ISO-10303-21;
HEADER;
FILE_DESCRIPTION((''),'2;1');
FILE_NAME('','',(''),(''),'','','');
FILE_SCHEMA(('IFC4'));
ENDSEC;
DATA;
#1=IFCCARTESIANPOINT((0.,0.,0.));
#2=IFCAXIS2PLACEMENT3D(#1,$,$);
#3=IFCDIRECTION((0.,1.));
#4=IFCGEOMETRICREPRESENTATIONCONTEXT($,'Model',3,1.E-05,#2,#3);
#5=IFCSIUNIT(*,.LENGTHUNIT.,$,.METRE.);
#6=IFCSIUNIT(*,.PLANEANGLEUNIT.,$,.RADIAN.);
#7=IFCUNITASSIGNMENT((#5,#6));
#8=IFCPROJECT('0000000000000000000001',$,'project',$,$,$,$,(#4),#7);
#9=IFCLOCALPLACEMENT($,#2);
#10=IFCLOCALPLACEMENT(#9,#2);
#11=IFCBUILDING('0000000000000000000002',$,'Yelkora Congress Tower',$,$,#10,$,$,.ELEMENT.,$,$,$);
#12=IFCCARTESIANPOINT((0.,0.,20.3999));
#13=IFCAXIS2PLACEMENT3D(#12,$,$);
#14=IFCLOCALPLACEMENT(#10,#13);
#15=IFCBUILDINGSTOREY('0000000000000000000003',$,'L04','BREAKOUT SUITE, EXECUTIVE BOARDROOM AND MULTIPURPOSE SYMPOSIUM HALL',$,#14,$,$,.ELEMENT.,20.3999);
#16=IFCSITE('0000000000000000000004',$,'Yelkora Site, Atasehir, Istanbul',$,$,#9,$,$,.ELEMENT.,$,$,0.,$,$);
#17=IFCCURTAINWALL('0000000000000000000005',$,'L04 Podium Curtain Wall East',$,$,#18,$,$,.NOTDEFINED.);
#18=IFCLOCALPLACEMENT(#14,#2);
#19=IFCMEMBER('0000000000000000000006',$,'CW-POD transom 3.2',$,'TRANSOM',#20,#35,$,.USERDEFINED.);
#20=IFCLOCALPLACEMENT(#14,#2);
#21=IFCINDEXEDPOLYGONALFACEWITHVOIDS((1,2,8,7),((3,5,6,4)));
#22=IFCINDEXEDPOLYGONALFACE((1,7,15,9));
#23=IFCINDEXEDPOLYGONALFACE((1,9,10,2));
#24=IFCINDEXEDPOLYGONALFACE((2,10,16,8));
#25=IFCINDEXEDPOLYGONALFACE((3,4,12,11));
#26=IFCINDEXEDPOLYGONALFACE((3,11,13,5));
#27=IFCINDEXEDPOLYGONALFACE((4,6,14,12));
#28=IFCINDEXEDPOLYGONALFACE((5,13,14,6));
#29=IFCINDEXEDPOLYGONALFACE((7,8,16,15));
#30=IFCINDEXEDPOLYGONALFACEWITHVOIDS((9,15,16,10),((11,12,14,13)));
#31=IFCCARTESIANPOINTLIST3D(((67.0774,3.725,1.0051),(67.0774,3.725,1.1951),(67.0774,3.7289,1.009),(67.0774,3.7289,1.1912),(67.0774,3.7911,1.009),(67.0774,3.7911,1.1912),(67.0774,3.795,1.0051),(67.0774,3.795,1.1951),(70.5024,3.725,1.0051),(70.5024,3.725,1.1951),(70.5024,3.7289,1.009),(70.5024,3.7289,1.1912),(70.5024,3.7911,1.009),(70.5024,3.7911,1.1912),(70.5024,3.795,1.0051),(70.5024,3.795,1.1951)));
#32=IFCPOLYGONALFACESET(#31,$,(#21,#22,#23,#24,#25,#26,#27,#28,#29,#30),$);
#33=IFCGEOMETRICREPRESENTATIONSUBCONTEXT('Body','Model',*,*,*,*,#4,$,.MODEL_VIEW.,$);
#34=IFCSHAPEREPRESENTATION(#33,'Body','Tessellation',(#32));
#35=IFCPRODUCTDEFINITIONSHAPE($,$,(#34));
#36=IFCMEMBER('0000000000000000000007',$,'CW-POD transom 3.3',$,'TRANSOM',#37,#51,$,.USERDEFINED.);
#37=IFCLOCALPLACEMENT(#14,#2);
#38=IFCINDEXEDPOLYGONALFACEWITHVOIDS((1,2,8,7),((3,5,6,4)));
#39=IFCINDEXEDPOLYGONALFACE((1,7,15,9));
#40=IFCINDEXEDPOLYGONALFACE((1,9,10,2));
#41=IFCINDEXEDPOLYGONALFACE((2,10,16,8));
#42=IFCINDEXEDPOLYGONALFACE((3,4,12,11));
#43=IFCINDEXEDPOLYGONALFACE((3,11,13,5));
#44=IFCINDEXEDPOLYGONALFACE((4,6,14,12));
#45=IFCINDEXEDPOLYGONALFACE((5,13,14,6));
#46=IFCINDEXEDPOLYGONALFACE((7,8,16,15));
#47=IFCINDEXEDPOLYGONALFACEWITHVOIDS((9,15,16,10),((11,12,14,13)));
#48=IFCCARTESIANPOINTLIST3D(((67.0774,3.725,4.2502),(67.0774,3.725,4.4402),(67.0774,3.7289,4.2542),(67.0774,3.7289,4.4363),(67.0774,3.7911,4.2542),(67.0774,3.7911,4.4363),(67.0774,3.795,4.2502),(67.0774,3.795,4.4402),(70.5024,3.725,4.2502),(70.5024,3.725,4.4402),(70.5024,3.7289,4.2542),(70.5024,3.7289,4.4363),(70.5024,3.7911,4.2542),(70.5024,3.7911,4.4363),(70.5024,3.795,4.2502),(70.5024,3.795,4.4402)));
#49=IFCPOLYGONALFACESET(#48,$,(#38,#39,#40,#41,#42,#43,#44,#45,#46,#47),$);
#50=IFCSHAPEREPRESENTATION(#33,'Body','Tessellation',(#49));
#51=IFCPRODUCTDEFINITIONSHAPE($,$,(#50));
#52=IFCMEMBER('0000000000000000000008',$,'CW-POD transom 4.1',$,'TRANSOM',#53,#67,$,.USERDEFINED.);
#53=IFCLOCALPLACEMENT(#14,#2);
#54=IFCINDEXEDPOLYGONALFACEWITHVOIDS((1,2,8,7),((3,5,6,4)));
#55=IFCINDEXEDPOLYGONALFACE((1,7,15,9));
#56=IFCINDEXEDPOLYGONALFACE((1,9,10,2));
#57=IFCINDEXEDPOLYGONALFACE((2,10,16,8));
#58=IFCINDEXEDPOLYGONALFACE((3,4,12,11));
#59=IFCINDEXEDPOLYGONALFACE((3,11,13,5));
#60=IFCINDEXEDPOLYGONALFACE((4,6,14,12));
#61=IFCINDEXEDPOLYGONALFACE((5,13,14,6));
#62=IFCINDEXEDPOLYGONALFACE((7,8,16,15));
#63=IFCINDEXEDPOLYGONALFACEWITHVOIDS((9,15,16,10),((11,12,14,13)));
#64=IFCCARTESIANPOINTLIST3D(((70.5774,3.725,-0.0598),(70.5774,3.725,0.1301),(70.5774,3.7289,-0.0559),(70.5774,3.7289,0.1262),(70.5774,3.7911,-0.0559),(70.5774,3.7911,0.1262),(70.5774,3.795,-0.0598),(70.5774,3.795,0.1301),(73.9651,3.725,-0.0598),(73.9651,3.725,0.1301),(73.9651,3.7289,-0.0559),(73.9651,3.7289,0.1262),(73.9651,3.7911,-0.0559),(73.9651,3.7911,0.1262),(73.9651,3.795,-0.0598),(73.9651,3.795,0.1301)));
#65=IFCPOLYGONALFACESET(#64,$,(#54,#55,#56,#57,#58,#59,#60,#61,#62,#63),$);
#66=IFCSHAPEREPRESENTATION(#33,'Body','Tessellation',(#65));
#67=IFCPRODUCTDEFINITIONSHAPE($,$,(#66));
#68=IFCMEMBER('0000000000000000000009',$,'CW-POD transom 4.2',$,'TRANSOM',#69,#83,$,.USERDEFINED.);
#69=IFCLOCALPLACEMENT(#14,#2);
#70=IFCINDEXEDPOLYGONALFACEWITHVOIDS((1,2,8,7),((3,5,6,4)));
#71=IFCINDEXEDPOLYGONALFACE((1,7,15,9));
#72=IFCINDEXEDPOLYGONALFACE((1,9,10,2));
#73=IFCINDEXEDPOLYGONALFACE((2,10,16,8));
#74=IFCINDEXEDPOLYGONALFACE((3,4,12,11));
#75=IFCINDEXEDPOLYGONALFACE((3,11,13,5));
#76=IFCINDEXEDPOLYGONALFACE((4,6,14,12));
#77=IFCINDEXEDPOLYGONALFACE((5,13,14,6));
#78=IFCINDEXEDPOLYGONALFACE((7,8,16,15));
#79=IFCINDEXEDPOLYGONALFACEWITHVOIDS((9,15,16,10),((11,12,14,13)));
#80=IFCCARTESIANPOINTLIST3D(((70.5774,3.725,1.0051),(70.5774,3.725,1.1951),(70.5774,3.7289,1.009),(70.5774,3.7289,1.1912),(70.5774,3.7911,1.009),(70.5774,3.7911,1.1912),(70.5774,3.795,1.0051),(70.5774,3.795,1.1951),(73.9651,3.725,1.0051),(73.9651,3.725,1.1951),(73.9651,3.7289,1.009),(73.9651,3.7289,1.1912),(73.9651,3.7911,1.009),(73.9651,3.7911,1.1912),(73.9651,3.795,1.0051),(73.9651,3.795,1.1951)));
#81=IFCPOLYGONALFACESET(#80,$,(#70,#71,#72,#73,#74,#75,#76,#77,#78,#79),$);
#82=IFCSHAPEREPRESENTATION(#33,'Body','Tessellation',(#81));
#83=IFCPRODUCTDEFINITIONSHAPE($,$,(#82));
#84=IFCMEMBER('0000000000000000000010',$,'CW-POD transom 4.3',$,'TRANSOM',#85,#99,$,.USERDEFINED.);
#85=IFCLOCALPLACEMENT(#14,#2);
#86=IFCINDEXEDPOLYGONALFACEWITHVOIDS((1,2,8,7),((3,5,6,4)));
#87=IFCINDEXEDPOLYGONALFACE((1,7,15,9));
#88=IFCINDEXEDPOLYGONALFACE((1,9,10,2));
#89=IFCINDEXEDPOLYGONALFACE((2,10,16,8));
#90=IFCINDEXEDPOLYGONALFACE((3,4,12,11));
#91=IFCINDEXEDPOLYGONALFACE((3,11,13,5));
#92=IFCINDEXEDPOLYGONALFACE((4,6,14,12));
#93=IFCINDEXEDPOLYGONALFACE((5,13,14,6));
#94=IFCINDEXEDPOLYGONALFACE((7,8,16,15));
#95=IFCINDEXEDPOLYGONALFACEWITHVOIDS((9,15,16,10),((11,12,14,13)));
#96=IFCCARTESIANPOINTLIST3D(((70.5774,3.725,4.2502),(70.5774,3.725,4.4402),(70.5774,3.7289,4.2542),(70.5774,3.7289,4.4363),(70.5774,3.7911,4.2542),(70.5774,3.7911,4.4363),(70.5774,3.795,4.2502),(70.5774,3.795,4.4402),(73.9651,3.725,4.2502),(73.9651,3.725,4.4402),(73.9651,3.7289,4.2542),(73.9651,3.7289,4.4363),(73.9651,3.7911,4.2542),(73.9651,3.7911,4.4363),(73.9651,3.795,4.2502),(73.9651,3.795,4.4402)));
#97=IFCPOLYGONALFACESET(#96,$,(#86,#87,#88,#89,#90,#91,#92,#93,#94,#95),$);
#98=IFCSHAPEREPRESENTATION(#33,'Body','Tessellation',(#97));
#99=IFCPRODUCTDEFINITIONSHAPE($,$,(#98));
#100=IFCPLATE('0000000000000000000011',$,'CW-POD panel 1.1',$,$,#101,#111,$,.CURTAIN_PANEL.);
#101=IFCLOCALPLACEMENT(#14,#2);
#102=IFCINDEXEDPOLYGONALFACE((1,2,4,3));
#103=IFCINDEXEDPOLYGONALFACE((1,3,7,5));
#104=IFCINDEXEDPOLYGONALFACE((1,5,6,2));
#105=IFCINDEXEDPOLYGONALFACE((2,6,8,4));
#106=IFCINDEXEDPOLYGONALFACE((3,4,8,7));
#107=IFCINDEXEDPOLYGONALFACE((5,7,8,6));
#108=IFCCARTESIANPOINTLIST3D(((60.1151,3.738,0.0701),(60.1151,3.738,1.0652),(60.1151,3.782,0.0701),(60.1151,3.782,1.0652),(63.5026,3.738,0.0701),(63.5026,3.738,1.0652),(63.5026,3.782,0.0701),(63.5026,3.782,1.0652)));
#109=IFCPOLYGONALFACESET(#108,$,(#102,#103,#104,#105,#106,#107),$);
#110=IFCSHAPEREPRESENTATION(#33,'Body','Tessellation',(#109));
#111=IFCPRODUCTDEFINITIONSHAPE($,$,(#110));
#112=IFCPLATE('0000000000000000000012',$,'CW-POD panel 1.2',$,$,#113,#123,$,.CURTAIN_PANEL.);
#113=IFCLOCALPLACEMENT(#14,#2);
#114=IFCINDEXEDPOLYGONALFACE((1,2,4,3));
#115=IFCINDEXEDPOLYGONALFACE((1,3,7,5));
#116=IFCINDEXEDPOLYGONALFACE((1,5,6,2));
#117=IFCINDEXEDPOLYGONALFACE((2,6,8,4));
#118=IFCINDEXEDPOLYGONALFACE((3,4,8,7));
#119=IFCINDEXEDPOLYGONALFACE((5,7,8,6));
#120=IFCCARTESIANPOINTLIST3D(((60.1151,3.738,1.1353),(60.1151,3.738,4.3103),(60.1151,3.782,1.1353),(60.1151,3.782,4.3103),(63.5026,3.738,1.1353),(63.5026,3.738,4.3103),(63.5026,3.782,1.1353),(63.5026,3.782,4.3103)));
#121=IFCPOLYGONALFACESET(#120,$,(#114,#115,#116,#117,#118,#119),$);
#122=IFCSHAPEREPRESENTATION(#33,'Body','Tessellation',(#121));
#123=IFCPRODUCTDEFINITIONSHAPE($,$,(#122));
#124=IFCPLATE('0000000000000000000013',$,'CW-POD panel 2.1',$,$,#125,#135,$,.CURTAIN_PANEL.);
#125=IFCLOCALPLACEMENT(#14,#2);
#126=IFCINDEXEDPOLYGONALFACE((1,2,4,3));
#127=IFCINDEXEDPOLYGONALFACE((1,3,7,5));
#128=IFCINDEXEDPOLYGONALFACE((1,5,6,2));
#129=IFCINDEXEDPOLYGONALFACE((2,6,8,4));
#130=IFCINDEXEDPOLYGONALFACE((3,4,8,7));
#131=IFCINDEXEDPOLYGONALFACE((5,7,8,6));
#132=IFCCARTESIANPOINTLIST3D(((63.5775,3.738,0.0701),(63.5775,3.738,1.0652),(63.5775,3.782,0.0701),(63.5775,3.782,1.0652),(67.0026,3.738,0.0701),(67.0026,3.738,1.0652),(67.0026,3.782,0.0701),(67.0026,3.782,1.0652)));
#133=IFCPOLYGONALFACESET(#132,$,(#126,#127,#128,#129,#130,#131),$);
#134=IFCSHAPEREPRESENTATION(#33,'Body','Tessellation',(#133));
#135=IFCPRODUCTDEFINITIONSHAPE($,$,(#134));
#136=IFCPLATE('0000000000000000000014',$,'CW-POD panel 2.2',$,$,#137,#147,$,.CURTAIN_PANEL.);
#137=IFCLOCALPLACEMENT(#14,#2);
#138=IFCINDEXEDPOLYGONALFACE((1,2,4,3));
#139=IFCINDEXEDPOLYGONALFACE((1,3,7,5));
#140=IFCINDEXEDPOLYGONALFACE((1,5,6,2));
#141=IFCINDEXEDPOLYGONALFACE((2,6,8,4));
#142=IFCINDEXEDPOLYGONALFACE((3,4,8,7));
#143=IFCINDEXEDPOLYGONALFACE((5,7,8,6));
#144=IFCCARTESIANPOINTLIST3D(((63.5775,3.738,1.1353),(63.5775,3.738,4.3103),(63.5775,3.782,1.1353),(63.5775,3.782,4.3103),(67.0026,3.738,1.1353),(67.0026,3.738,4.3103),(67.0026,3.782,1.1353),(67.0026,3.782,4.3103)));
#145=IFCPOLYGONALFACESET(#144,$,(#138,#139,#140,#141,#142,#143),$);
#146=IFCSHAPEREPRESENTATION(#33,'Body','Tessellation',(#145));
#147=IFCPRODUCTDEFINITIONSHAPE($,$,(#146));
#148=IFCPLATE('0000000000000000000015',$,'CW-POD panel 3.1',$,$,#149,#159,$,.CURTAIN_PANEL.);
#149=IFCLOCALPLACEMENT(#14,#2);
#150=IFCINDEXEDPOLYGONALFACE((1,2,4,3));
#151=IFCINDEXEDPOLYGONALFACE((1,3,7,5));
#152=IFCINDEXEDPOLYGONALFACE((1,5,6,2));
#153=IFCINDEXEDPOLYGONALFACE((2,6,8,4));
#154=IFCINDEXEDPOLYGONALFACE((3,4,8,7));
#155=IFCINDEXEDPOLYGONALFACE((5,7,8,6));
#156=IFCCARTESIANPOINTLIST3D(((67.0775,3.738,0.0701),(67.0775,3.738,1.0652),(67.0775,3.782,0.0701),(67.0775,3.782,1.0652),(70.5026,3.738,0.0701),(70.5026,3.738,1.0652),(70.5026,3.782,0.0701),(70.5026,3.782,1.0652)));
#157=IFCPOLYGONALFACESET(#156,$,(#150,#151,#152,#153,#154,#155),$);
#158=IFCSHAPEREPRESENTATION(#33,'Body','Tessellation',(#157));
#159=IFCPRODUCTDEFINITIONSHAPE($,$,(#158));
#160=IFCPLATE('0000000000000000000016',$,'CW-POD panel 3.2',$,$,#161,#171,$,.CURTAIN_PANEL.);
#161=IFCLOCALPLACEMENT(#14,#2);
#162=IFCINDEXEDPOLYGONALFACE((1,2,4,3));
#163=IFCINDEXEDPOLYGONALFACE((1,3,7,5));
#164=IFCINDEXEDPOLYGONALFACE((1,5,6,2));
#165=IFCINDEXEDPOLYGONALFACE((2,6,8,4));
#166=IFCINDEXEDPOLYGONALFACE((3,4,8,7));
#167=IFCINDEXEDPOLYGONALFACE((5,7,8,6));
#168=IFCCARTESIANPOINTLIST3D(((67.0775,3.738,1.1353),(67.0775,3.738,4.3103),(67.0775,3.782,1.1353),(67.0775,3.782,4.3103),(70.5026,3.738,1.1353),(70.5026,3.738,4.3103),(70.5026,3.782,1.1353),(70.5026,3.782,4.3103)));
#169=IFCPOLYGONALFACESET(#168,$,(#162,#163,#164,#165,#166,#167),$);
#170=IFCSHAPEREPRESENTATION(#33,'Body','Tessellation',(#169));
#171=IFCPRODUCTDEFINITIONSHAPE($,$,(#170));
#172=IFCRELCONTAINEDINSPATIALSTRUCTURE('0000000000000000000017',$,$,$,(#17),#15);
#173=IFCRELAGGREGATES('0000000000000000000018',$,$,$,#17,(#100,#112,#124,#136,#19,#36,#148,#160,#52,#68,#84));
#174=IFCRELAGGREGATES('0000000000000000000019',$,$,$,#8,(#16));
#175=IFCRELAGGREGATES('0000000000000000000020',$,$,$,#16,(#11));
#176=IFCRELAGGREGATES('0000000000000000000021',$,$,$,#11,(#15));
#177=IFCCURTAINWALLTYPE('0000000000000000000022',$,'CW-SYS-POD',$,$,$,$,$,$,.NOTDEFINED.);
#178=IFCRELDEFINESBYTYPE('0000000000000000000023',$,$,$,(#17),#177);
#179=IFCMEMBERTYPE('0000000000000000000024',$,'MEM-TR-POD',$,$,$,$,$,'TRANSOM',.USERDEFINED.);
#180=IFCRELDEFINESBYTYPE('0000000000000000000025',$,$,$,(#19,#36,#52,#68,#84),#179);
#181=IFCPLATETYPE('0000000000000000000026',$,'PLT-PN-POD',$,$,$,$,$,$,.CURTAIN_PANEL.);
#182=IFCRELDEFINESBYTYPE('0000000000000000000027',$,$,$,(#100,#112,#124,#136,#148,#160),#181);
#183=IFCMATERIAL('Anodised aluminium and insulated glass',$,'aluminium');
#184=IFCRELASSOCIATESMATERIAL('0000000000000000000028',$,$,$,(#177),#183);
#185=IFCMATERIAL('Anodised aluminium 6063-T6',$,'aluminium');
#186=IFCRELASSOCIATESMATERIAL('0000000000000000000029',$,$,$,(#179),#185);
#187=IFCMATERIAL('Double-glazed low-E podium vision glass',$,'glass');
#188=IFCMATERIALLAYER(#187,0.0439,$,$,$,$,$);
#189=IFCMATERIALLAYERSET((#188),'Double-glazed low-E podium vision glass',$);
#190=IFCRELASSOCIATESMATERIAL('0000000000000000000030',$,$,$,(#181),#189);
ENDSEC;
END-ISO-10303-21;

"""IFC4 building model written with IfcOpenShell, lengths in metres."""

from ifc_helpers import new_model, si_unit, direction, frame, origin, origin_2d, place, context, subcontext, project, spatial, rectangle, hollow_rectangle, extrude, material, layer, layer_set, material_profile, profile_set, type_object, element, aggregate, save


model = new_model("IFC4")

# Units and contexts
model_context = context("Model", 3, precision=1e-05, world=origin(), true_north=direction((0.0, 1.0)))
body_context = subcontext(model_context, "Body", "Model", "MODEL_VIEW")
ifc_project = project(units=[si_unit("LENGTHUNIT", "METRE"), si_unit("PLANEANGLEUNIT", "RADIAN")], contexts=[model_context])

# Site, building, storey
site_placement = place(None, origin())
site = spatial("IfcSite", under=ifc_project, at=site_placement, Name="Yelkora Site, Atasehir, Istanbul", CompositionType="ELEMENT", RefElevation=0.0)
building_placement = place(site_placement, origin())
building = spatial("IfcBuilding", under=site, at=building_placement, Name="Yelkora Congress Tower", CompositionType="ELEMENT")
storey_placement = place(building_placement, frame((0.0, 0.0, 20.3999)))
storey = spatial("IfcBuildingStorey", under=building, at=storey_placement, Name="L04", Description="BREAKOUT SUITE, EXECUTIVE BOARDROOM AND MULTIPURPOSE SYMPOSIUM HALL", CompositionType="ELEMENT", Elevation=20.3999)

# Curtain wall, members, plates
ifc_material_1 = material(Name="Anodised aluminium and insulated glass", Category="aluminium")
curtain_wall_type = type_object("IfcCurtainWallType", Name="CW-SYS-POD", PredefinedType="NOTDEFINED", material=ifc_material_1)
curtain_wall_placement = place(storey_placement, origin())
curtain_wall = element("IfcCurtainWall", 1, at=curtain_wall_placement, inside=storey, type_object=curtain_wall_type, Name="L04 Podium Curtain Wall East", PredefinedType="NOTDEFINED")
ifc_material_2 = material(Name="Anodised aluminium 6063-T6", Category="aluminium")
ifc_material_profile_1 = material_profile(ifc_material_2, hollow_rectangle(XDim=0.0701, YDim=0.1899, WallThickness=0.0039, at=origin_2d()), Name="ALU 70x190x4")
ifc_profile_set_1 = profile_set([ifc_material_profile_1], Name="Anodised aluminium 6063-T6")
member_type_1 = type_object("IfcMemberType", Name="MEM-TR-POD", ElementType="TRANSOM", PredefinedType="USERDEFINED", material=ifc_profile_set_1)
member_1_placement = place(storey_placement, frame((67.0774, 3.76, 1.1001), z_axis=(1.0, 0.0, 0.0), x_axis=(0.0, 1.0, 0.0)))
member_1 = element("IfcMember", 2, at=member_1_placement, type_object=member_type_1, Name="CW-POD transom 3.2", ObjectType="TRANSOM", PredefinedType="USERDEFINED", context=body_context, shape_type="SweptSolid", body=[
    extrude(hollow_rectangle(XDim=0.0701, YDim=0.1899, WallThickness=0.0039, at=origin_2d()), origin(), (0.0, 0.0, 1.0), 3.425),
])
member_2_placement = place(storey_placement, frame((67.0774, 3.76, 4.3452), z_axis=(1.0, 0.0, 0.0), x_axis=(0.0, 1.0, 0.0)))
member_2 = element("IfcMember", 3, at=member_2_placement, type_object=member_type_1, Name="CW-POD transom 3.3", ObjectType="TRANSOM", PredefinedType="USERDEFINED", context=body_context, shape_type="SweptSolid", body=[
    extrude(hollow_rectangle(XDim=0.0701, YDim=0.1899, WallThickness=0.0039, at=origin_2d()), origin(), (0.0, 0.0, 1.0), 3.425),
])
member_3_placement = place(storey_placement, frame((70.5774, 3.76, 0.0352), z_axis=(1.0, 0.0, 0.0), x_axis=(0.0, 1.0, 0.0)))
member_3 = element("IfcMember", 4, at=member_3_placement, type_object=member_type_1, Name="CW-POD transom 4.1", ObjectType="TRANSOM", PredefinedType="USERDEFINED", context=body_context, shape_type="SweptSolid", body=[
    extrude(hollow_rectangle(XDim=0.0701, YDim=0.1899, WallThickness=0.0039, at=origin_2d()), origin(), (0.0, 0.0, 1.0), 3.3877),
])
member_4_placement = place(storey_placement, frame((70.5774, 3.76, 1.1001), z_axis=(1.0, 0.0, 0.0), x_axis=(0.0, 1.0, 0.0)))
member_4 = element("IfcMember", 5, at=member_4_placement, type_object=member_type_1, Name="CW-POD transom 4.2", ObjectType="TRANSOM", PredefinedType="USERDEFINED", context=body_context, shape_type="SweptSolid", body=[
    extrude(hollow_rectangle(XDim=0.0701, YDim=0.1899, WallThickness=0.0039, at=origin_2d()), origin(), (0.0, 0.0, 1.0), 3.3877),
])
member_5_placement = place(storey_placement, frame((70.5774, 3.76, 4.3452), z_axis=(1.0, 0.0, 0.0), x_axis=(0.0, 1.0, 0.0)))
member_5 = element("IfcMember", 6, at=member_5_placement, type_object=member_type_1, Name="CW-POD transom 4.3", ObjectType="TRANSOM", PredefinedType="USERDEFINED", context=body_context, shape_type="SweptSolid", body=[
    extrude(hollow_rectangle(XDim=0.0701, YDim=0.1899, WallThickness=0.0039, at=origin_2d()), origin(), (0.0, 0.0, 1.0), 3.3877),
])
ifc_material_3 = material(Name="Double-glazed low-E podium vision glass", Category="glass")
ifc_layer = layer(ifc_material_3, 0.0439)
ifc_layer_set = layer_set([ifc_layer], Name="Double-glazed low-E podium vision glass")
plate_type = type_object("IfcPlateType", Name="PLT-PN-POD", PredefinedType="CURTAIN_PANEL", material=ifc_layer_set)
plate_1_placement = place(storey_placement, frame((61.8088, 3.76, 0.0701), z_axis=(0.0, 0.0, 1.0), x_axis=(1.0, 0.0, 0.0)))
plate_1 = element("IfcPlate", 7, at=plate_1_placement, type_object=plate_type, Name="CW-POD panel 1.1", PredefinedType="CURTAIN_PANEL", context=body_context, shape_type="SweptSolid", body=[
    extrude(rectangle(XDim=3.3875, YDim=0.0439, at=origin_2d()), origin(), (0.0, 0.0, 1.0), 0.9951),
])
plate_2_placement = place(storey_placement, frame((61.8088, 3.76, 1.1353), z_axis=(0.0, 0.0, 1.0), x_axis=(1.0, 0.0, 0.0)))
plate_2 = element("IfcPlate", 8, at=plate_2_placement, type_object=plate_type, Name="CW-POD panel 1.2", PredefinedType="CURTAIN_PANEL", context=body_context, shape_type="SweptSolid", body=[
    extrude(rectangle(XDim=3.3875, YDim=0.0439, at=origin_2d()), origin(), (0.0, 0.0, 1.0), 3.175),
])
plate_3_placement = place(storey_placement, frame((65.29, 3.76, 0.0701), z_axis=(0.0, 0.0, 1.0), x_axis=(1.0, 0.0, 0.0)))
plate_3 = element("IfcPlate", 9, at=plate_3_placement, type_object=plate_type, Name="CW-POD panel 2.1", PredefinedType="CURTAIN_PANEL", context=body_context, shape_type="SweptSolid", body=[
    extrude(rectangle(XDim=3.425, YDim=0.0439, at=origin_2d()), origin(), (0.0, 0.0, 1.0), 0.9951),
])
plate_4_placement = place(storey_placement, frame((65.29, 3.76, 1.1353), z_axis=(0.0, 0.0, 1.0), x_axis=(1.0, 0.0, 0.0)))
plate_4 = element("IfcPlate", 10, at=plate_4_placement, type_object=plate_type, Name="CW-POD panel 2.2", PredefinedType="CURTAIN_PANEL", context=body_context, shape_type="SweptSolid", body=[
    extrude(rectangle(XDim=3.425, YDim=0.0439, at=origin_2d()), origin(), (0.0, 0.0, 1.0), 3.175),
])
plate_5_placement = place(storey_placement, frame((68.79, 3.76, 0.0701), z_axis=(0.0, 0.0, 1.0), x_axis=(1.0, 0.0, 0.0)))
plate_5 = element("IfcPlate", 11, at=plate_5_placement, type_object=plate_type, Name="CW-POD panel 3.1", PredefinedType="CURTAIN_PANEL", context=body_context, shape_type="SweptSolid", body=[
    extrude(rectangle(XDim=3.425, YDim=0.0439, at=origin_2d()), origin(), (0.0, 0.0, 1.0), 0.9951),
])
plate_6_placement = place(storey_placement, frame((68.79, 3.76, 1.1353), z_axis=(0.0, 0.0, 1.0), x_axis=(1.0, 0.0, 0.0)))
plate_6 = element("IfcPlate", 12, at=plate_6_placement, type_object=plate_type, Name="CW-POD panel 3.2", PredefinedType="CURTAIN_PANEL", context=body_context, shape_type="SweptSolid", body=[
    extrude(rectangle(XDim=3.425, YDim=0.0439, at=origin_2d()), origin(), (0.0, 0.0, 1.0), 3.175),
])
aggregate(curtain_wall, [plate_1, plate_2, plate_3, plate_4, member_1, member_2, plate_5, plate_6, member_3, member_4, member_5])

save(model, "model.ifc")
